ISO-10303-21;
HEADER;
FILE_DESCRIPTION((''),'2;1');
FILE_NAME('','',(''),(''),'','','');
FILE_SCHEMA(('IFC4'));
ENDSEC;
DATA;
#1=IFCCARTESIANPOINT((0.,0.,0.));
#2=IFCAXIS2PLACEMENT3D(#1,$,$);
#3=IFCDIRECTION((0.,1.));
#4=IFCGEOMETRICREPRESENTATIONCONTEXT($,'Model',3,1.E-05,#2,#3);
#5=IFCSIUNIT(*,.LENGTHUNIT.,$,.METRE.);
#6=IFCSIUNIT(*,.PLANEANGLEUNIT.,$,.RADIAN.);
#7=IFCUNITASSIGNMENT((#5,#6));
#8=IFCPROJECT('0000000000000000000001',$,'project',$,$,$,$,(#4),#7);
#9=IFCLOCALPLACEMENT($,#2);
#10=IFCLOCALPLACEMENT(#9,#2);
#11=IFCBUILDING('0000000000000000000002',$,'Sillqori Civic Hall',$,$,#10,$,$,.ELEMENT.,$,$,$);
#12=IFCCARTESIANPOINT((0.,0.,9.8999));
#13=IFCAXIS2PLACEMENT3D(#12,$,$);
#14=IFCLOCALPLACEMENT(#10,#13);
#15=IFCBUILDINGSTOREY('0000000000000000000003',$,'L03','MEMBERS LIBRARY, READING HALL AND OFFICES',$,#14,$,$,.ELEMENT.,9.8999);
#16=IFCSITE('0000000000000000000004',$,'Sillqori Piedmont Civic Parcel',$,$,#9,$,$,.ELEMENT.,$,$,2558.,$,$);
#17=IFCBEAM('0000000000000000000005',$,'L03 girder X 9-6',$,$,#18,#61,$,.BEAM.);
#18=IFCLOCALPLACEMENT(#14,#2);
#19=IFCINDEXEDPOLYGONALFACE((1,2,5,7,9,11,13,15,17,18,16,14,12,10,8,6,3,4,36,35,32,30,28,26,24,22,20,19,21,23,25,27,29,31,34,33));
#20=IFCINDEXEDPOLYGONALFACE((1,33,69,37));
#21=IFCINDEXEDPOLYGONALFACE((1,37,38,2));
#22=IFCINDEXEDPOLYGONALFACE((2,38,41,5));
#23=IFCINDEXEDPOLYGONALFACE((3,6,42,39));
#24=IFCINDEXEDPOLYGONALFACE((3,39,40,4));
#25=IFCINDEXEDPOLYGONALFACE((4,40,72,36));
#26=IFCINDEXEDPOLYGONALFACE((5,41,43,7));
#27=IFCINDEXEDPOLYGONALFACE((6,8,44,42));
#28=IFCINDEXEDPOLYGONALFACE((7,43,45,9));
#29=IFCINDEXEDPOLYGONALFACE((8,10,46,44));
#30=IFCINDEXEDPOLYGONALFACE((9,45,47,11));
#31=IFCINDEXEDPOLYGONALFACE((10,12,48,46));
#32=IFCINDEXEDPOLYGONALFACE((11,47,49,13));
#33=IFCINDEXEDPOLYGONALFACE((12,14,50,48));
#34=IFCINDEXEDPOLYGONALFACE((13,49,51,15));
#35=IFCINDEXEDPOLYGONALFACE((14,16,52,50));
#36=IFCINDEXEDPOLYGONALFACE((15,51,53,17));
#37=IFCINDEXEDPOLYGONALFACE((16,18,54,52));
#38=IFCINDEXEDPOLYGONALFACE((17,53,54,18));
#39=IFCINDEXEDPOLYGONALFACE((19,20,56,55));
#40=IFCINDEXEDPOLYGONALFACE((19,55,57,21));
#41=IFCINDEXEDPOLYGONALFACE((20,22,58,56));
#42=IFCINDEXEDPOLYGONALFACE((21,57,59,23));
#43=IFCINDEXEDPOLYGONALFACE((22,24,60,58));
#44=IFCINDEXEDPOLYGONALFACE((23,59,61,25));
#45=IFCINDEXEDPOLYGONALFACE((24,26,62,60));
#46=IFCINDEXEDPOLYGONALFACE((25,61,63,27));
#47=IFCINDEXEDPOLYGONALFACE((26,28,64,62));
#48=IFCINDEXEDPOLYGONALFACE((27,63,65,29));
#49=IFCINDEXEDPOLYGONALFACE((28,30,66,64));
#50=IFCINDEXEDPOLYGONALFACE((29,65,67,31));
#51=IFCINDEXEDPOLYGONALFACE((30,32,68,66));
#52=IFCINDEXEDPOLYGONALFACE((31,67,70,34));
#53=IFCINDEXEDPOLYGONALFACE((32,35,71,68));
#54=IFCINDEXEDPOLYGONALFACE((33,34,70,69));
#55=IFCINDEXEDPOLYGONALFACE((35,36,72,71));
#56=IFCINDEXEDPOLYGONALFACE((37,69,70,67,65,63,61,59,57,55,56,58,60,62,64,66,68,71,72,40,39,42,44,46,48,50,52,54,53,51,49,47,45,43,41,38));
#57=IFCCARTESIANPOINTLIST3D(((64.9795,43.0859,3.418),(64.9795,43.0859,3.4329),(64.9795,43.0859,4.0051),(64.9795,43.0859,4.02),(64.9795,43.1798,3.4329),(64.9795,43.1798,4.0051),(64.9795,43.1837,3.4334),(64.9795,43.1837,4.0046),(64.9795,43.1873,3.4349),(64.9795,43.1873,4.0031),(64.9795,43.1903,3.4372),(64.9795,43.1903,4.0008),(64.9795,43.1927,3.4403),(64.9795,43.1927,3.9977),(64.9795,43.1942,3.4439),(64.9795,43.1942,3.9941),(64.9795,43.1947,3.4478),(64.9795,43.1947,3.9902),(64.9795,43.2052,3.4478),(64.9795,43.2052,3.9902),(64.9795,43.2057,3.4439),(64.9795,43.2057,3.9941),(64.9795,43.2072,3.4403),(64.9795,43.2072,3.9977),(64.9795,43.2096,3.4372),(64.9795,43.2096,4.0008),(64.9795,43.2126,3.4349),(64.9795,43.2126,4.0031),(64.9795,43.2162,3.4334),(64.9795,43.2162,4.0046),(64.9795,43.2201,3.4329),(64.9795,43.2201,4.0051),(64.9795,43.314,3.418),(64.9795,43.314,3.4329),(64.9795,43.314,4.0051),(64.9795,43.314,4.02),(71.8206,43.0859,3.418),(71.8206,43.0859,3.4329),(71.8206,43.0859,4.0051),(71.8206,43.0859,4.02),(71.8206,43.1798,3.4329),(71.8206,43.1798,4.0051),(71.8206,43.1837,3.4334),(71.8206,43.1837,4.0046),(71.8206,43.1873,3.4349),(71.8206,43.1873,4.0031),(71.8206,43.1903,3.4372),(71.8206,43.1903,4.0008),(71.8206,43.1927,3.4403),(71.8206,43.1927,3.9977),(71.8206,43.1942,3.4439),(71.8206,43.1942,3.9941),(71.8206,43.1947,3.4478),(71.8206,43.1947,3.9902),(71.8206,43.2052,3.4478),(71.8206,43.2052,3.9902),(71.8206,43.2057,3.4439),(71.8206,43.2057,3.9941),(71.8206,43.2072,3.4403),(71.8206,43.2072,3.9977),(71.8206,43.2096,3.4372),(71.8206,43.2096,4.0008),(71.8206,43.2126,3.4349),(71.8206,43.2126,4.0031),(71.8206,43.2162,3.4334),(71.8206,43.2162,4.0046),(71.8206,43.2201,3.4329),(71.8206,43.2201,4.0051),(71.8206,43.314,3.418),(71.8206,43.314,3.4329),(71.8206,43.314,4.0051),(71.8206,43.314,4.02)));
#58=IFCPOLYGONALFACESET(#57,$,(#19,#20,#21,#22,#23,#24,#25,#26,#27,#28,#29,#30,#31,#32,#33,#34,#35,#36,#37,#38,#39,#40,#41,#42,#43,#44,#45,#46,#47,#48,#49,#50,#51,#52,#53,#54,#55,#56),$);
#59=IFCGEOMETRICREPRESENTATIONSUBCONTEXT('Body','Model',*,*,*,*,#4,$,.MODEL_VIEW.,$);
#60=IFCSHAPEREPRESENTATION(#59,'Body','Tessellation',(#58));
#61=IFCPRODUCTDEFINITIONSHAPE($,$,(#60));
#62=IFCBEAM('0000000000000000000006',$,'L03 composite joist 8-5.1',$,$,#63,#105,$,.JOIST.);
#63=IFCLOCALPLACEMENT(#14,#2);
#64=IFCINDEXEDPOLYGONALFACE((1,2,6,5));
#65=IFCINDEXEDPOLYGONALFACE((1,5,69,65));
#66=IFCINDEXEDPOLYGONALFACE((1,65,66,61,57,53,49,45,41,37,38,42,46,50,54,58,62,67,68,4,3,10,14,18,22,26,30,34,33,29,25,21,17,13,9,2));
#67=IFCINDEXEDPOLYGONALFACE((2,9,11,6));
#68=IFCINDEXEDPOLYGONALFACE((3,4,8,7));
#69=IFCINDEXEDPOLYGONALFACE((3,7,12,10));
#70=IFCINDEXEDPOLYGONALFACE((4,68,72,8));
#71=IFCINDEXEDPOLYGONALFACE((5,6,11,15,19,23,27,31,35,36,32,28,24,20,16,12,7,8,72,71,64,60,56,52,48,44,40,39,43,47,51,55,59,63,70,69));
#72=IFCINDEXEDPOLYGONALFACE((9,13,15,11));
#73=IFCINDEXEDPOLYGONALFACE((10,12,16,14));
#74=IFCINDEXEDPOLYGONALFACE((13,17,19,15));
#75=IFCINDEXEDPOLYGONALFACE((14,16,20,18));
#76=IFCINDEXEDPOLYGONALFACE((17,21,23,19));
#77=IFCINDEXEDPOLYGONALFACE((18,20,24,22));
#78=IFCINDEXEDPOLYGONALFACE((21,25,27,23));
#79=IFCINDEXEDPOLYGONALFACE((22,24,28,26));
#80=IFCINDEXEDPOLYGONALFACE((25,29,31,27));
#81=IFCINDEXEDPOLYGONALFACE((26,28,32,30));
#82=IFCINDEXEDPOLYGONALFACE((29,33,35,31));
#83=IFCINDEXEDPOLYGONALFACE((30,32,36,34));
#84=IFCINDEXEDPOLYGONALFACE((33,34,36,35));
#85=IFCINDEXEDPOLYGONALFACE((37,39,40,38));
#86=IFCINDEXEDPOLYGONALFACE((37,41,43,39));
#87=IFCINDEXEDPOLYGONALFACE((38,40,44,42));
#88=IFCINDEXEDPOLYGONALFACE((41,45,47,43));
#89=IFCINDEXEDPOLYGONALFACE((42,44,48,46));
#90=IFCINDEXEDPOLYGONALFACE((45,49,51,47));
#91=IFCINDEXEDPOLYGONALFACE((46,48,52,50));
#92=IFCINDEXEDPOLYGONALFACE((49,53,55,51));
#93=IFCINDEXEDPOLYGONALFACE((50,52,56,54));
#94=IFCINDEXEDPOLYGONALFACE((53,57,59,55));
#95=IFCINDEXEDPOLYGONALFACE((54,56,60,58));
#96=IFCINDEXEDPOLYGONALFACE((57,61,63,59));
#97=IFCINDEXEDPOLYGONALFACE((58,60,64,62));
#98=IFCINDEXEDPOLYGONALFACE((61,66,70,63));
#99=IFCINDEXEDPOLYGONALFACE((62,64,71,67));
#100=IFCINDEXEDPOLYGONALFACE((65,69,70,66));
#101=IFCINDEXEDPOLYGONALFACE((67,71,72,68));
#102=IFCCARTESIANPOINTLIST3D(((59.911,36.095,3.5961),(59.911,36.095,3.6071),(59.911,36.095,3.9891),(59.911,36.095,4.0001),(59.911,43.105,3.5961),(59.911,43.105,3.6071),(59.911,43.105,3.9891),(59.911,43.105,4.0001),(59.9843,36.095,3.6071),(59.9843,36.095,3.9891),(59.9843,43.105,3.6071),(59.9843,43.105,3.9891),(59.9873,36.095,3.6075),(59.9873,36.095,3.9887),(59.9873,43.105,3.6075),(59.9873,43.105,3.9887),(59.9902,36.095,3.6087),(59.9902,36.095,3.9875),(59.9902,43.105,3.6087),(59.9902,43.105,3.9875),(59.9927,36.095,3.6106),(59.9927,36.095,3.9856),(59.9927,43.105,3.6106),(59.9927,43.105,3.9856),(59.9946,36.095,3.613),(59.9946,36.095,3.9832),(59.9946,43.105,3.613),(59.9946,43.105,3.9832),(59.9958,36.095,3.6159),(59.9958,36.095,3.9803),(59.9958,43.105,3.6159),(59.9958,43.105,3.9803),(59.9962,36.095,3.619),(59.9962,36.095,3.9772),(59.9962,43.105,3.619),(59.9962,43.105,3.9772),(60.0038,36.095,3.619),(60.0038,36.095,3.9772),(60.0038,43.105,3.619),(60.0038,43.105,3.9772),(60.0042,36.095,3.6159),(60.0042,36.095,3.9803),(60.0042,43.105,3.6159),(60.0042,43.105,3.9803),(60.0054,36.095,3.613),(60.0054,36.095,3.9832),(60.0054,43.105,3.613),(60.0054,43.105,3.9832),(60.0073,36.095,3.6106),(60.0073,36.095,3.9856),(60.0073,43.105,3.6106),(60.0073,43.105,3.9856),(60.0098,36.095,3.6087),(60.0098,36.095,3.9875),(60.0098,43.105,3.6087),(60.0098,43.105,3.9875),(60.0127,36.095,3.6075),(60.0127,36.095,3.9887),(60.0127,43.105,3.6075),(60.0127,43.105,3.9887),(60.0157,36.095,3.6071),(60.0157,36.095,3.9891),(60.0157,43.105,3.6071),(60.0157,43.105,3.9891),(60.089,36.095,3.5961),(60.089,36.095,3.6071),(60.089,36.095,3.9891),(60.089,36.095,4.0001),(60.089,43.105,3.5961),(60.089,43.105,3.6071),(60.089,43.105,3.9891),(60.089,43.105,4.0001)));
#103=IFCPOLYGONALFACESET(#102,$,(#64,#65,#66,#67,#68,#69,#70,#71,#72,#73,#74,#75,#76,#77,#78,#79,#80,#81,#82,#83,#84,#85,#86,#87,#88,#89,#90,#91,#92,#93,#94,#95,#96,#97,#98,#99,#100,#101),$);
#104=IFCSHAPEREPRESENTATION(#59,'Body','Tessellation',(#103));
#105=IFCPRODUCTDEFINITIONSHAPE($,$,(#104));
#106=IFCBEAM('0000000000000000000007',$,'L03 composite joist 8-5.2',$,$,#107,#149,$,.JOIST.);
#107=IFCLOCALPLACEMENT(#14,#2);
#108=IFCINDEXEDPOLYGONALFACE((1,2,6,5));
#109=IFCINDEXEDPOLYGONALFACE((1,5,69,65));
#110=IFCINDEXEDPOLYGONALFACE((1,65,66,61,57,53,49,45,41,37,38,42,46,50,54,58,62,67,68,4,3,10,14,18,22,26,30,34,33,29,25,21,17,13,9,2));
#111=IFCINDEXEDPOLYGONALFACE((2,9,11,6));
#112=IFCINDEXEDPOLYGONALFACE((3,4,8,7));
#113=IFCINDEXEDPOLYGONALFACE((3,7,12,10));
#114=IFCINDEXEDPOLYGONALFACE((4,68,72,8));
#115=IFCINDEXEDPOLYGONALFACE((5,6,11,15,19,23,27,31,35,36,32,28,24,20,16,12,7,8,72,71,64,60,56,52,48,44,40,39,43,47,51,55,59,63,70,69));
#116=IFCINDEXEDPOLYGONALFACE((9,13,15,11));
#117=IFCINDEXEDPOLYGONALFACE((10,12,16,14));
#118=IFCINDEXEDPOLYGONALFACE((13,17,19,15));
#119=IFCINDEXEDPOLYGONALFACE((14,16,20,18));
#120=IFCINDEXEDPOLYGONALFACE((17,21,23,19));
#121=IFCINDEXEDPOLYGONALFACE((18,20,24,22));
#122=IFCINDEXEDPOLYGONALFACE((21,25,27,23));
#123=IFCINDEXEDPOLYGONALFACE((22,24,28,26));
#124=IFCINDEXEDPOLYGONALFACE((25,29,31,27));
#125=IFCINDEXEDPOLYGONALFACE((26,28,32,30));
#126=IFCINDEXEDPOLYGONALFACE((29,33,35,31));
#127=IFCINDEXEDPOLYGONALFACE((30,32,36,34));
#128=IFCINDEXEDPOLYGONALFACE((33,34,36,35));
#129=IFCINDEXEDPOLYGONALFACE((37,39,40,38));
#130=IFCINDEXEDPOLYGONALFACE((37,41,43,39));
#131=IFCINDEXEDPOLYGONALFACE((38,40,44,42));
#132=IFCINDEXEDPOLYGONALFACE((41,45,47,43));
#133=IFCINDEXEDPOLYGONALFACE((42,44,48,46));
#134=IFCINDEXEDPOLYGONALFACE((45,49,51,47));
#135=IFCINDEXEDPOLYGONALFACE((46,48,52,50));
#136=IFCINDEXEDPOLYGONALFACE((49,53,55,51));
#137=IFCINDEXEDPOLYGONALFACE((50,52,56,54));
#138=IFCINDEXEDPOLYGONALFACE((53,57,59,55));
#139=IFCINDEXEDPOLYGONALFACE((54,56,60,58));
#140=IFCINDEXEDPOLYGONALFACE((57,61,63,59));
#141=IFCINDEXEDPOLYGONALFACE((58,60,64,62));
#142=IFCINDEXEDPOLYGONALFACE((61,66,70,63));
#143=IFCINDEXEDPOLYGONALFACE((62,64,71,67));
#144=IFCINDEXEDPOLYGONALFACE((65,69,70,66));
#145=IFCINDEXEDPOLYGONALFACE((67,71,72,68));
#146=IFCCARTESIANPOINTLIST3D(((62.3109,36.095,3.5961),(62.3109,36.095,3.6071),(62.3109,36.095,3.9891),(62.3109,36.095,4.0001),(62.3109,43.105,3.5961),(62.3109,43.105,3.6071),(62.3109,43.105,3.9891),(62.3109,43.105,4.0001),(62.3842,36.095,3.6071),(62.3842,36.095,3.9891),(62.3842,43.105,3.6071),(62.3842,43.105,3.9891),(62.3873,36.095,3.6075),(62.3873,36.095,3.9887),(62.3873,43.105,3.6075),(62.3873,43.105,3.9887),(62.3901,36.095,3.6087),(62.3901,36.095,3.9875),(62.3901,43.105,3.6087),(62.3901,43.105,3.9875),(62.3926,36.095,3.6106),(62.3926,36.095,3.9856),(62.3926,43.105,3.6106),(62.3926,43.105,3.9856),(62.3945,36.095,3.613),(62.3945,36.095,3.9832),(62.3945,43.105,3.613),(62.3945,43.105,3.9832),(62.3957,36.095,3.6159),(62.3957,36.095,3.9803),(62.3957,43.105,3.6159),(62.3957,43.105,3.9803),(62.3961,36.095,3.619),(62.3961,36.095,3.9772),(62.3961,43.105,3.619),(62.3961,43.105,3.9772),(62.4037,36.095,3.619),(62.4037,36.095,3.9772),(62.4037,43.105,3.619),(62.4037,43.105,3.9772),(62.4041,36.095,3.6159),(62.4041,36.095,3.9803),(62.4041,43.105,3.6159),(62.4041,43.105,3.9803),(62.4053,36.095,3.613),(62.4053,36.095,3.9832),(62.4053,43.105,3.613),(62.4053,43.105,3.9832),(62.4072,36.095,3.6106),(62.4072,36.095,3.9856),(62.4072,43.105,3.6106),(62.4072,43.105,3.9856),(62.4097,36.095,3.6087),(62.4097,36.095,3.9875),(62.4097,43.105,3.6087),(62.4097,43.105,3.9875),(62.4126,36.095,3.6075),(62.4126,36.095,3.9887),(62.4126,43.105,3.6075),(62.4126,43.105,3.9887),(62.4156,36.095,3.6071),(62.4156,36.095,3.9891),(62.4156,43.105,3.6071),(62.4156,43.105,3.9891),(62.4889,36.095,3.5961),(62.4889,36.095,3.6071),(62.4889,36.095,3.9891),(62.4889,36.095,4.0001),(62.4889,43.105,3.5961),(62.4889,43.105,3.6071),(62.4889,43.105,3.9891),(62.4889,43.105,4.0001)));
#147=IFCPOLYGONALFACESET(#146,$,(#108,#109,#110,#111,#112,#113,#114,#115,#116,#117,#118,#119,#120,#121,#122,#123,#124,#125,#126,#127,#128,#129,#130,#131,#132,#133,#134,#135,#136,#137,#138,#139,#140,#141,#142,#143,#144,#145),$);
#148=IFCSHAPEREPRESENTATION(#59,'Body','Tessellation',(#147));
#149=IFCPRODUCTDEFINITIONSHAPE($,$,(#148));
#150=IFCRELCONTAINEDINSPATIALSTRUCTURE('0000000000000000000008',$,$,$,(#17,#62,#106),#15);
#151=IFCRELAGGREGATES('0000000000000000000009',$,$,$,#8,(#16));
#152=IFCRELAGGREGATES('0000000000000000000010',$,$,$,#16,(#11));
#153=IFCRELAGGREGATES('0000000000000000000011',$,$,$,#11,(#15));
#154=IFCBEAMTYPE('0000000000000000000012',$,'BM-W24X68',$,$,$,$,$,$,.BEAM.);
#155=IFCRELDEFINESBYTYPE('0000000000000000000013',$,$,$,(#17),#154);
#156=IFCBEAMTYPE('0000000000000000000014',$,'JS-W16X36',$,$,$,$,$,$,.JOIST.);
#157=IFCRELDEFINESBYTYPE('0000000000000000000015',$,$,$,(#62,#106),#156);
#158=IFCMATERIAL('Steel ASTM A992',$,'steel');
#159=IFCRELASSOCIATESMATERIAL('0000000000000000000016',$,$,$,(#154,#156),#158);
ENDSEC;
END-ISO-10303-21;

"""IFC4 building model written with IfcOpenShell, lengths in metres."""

from ifc_helpers import new_model, si_unit, direction, frame, origin, origin_2d, place, context, subcontext, project, spatial, i_section, extrude, material, material_profile, profile_set, type_object, element, save


model = new_model("IFC4")

# Units and contexts
model_context = context("Model", 3, precision=1e-05, world=origin(), true_north=direction((0.0, 1.0)))
body_context = subcontext(model_context, "Body", "Model", "MODEL_VIEW")
ifc_project = project(units=[si_unit("LENGTHUNIT", "METRE"), si_unit("PLANEANGLEUNIT", "RADIAN")], contexts=[model_context])

# Site, building, storey
site_placement = place(None, origin())
site = spatial("IfcSite", under=ifc_project, at=site_placement, Name="Sillqori Piedmont Civic Parcel", CompositionType="ELEMENT", RefElevation=2558.0)
building_placement = place(site_placement, origin())
building = spatial("IfcBuilding", under=site, at=building_placement, Name="Sillqori Civic Hall", CompositionType="ELEMENT")
storey_placement = place(building_placement, frame((0.0, 0.0, 9.8999)))
storey = spatial("IfcBuildingStorey", under=building, at=storey_placement, Name="L03", Description="MEMBERS LIBRARY, READING HALL AND OFFICES", CompositionType="ELEMENT", Elevation=9.8999)

# Shared definitions
ifc_material_1 = material(Name="Steel ASTM A992", Category="steel")

# Beams
ifc_material_profile_1 = material_profile(ifc_material_1, i_section(OverallWidth=0.228, OverallDepth=0.6021, WebThickness=0.0105, FlangeThickness=0.0149, FilletRadius=0.0149, at=origin_2d()), Name="W24X68")
ifc_profile_set_1 = profile_set([ifc_material_profile_1], Name="Steel ASTM A992")
beam_type_1 = type_object("IfcBeamType", Name="BM-W24X68", PredefinedType="BEAM", material=ifc_profile_set_1)
beam_1_placement = place(storey_placement, frame((64.9795, 43.2, 3.719), z_axis=(1.0, 0.0, 0.0), x_axis=(0.0, 1.0, 0.0)))
element("IfcBeam", 1, at=beam_1_placement, inside=storey, type_object=beam_type_1, Name="L03 girder X 9-6", PredefinedType="BEAM", context=body_context, shape_type="SweptSolid", body=[
    extrude(i_section(OverallWidth=0.228, OverallDepth=0.6021, WebThickness=0.0105, FlangeThickness=0.0149, FilletRadius=0.0149, at=origin_2d()), origin(), (0.0, 0.0, 1.0), 6.8411),
])
ifc_material_profile_2 = material_profile(ifc_material_1, i_section(OverallWidth=0.178, OverallDepth=0.4041, WebThickness=0.0076, FlangeThickness=0.011, FilletRadius=0.012, at=origin_2d()), Name="W16X36")
ifc_profile_set_2 = profile_set([ifc_material_profile_2], Name="Steel ASTM A992")
beam_type_2 = type_object("IfcBeamType", Name="JS-W16X36", PredefinedType="JOIST", material=ifc_profile_set_2)
for number, where, z_axis, x_axis, name in (
    (2, (60.0, 36.095, 3.7981), (0.0, 1.0, 0.0), (-1.0, 0.0, 0.0), "L03 composite joist 8-5.1"),
    (3, (62.3999, 36.095, 3.7981), (0.0, 1.0, 0.0), (-1.0, 0.0, 0.0), "L03 composite joist 8-5.2"),
):
    element("IfcBeam", number, at=place(storey_placement, frame(where, z_axis=z_axis, x_axis=x_axis)), inside=storey, type_object=beam_type_2, Name=name, PredefinedType="JOIST", context=body_context, shape_type="SweptSolid", body=[
        extrude(i_section(OverallWidth=0.178, OverallDepth=0.4041, WebThickness=0.0076, FlangeThickness=0.011, FilletRadius=0.012, at=origin_2d()), origin(), (0.0, 0.0, 1.0), 7.01),
    ])

save(model, "model.ifc")
